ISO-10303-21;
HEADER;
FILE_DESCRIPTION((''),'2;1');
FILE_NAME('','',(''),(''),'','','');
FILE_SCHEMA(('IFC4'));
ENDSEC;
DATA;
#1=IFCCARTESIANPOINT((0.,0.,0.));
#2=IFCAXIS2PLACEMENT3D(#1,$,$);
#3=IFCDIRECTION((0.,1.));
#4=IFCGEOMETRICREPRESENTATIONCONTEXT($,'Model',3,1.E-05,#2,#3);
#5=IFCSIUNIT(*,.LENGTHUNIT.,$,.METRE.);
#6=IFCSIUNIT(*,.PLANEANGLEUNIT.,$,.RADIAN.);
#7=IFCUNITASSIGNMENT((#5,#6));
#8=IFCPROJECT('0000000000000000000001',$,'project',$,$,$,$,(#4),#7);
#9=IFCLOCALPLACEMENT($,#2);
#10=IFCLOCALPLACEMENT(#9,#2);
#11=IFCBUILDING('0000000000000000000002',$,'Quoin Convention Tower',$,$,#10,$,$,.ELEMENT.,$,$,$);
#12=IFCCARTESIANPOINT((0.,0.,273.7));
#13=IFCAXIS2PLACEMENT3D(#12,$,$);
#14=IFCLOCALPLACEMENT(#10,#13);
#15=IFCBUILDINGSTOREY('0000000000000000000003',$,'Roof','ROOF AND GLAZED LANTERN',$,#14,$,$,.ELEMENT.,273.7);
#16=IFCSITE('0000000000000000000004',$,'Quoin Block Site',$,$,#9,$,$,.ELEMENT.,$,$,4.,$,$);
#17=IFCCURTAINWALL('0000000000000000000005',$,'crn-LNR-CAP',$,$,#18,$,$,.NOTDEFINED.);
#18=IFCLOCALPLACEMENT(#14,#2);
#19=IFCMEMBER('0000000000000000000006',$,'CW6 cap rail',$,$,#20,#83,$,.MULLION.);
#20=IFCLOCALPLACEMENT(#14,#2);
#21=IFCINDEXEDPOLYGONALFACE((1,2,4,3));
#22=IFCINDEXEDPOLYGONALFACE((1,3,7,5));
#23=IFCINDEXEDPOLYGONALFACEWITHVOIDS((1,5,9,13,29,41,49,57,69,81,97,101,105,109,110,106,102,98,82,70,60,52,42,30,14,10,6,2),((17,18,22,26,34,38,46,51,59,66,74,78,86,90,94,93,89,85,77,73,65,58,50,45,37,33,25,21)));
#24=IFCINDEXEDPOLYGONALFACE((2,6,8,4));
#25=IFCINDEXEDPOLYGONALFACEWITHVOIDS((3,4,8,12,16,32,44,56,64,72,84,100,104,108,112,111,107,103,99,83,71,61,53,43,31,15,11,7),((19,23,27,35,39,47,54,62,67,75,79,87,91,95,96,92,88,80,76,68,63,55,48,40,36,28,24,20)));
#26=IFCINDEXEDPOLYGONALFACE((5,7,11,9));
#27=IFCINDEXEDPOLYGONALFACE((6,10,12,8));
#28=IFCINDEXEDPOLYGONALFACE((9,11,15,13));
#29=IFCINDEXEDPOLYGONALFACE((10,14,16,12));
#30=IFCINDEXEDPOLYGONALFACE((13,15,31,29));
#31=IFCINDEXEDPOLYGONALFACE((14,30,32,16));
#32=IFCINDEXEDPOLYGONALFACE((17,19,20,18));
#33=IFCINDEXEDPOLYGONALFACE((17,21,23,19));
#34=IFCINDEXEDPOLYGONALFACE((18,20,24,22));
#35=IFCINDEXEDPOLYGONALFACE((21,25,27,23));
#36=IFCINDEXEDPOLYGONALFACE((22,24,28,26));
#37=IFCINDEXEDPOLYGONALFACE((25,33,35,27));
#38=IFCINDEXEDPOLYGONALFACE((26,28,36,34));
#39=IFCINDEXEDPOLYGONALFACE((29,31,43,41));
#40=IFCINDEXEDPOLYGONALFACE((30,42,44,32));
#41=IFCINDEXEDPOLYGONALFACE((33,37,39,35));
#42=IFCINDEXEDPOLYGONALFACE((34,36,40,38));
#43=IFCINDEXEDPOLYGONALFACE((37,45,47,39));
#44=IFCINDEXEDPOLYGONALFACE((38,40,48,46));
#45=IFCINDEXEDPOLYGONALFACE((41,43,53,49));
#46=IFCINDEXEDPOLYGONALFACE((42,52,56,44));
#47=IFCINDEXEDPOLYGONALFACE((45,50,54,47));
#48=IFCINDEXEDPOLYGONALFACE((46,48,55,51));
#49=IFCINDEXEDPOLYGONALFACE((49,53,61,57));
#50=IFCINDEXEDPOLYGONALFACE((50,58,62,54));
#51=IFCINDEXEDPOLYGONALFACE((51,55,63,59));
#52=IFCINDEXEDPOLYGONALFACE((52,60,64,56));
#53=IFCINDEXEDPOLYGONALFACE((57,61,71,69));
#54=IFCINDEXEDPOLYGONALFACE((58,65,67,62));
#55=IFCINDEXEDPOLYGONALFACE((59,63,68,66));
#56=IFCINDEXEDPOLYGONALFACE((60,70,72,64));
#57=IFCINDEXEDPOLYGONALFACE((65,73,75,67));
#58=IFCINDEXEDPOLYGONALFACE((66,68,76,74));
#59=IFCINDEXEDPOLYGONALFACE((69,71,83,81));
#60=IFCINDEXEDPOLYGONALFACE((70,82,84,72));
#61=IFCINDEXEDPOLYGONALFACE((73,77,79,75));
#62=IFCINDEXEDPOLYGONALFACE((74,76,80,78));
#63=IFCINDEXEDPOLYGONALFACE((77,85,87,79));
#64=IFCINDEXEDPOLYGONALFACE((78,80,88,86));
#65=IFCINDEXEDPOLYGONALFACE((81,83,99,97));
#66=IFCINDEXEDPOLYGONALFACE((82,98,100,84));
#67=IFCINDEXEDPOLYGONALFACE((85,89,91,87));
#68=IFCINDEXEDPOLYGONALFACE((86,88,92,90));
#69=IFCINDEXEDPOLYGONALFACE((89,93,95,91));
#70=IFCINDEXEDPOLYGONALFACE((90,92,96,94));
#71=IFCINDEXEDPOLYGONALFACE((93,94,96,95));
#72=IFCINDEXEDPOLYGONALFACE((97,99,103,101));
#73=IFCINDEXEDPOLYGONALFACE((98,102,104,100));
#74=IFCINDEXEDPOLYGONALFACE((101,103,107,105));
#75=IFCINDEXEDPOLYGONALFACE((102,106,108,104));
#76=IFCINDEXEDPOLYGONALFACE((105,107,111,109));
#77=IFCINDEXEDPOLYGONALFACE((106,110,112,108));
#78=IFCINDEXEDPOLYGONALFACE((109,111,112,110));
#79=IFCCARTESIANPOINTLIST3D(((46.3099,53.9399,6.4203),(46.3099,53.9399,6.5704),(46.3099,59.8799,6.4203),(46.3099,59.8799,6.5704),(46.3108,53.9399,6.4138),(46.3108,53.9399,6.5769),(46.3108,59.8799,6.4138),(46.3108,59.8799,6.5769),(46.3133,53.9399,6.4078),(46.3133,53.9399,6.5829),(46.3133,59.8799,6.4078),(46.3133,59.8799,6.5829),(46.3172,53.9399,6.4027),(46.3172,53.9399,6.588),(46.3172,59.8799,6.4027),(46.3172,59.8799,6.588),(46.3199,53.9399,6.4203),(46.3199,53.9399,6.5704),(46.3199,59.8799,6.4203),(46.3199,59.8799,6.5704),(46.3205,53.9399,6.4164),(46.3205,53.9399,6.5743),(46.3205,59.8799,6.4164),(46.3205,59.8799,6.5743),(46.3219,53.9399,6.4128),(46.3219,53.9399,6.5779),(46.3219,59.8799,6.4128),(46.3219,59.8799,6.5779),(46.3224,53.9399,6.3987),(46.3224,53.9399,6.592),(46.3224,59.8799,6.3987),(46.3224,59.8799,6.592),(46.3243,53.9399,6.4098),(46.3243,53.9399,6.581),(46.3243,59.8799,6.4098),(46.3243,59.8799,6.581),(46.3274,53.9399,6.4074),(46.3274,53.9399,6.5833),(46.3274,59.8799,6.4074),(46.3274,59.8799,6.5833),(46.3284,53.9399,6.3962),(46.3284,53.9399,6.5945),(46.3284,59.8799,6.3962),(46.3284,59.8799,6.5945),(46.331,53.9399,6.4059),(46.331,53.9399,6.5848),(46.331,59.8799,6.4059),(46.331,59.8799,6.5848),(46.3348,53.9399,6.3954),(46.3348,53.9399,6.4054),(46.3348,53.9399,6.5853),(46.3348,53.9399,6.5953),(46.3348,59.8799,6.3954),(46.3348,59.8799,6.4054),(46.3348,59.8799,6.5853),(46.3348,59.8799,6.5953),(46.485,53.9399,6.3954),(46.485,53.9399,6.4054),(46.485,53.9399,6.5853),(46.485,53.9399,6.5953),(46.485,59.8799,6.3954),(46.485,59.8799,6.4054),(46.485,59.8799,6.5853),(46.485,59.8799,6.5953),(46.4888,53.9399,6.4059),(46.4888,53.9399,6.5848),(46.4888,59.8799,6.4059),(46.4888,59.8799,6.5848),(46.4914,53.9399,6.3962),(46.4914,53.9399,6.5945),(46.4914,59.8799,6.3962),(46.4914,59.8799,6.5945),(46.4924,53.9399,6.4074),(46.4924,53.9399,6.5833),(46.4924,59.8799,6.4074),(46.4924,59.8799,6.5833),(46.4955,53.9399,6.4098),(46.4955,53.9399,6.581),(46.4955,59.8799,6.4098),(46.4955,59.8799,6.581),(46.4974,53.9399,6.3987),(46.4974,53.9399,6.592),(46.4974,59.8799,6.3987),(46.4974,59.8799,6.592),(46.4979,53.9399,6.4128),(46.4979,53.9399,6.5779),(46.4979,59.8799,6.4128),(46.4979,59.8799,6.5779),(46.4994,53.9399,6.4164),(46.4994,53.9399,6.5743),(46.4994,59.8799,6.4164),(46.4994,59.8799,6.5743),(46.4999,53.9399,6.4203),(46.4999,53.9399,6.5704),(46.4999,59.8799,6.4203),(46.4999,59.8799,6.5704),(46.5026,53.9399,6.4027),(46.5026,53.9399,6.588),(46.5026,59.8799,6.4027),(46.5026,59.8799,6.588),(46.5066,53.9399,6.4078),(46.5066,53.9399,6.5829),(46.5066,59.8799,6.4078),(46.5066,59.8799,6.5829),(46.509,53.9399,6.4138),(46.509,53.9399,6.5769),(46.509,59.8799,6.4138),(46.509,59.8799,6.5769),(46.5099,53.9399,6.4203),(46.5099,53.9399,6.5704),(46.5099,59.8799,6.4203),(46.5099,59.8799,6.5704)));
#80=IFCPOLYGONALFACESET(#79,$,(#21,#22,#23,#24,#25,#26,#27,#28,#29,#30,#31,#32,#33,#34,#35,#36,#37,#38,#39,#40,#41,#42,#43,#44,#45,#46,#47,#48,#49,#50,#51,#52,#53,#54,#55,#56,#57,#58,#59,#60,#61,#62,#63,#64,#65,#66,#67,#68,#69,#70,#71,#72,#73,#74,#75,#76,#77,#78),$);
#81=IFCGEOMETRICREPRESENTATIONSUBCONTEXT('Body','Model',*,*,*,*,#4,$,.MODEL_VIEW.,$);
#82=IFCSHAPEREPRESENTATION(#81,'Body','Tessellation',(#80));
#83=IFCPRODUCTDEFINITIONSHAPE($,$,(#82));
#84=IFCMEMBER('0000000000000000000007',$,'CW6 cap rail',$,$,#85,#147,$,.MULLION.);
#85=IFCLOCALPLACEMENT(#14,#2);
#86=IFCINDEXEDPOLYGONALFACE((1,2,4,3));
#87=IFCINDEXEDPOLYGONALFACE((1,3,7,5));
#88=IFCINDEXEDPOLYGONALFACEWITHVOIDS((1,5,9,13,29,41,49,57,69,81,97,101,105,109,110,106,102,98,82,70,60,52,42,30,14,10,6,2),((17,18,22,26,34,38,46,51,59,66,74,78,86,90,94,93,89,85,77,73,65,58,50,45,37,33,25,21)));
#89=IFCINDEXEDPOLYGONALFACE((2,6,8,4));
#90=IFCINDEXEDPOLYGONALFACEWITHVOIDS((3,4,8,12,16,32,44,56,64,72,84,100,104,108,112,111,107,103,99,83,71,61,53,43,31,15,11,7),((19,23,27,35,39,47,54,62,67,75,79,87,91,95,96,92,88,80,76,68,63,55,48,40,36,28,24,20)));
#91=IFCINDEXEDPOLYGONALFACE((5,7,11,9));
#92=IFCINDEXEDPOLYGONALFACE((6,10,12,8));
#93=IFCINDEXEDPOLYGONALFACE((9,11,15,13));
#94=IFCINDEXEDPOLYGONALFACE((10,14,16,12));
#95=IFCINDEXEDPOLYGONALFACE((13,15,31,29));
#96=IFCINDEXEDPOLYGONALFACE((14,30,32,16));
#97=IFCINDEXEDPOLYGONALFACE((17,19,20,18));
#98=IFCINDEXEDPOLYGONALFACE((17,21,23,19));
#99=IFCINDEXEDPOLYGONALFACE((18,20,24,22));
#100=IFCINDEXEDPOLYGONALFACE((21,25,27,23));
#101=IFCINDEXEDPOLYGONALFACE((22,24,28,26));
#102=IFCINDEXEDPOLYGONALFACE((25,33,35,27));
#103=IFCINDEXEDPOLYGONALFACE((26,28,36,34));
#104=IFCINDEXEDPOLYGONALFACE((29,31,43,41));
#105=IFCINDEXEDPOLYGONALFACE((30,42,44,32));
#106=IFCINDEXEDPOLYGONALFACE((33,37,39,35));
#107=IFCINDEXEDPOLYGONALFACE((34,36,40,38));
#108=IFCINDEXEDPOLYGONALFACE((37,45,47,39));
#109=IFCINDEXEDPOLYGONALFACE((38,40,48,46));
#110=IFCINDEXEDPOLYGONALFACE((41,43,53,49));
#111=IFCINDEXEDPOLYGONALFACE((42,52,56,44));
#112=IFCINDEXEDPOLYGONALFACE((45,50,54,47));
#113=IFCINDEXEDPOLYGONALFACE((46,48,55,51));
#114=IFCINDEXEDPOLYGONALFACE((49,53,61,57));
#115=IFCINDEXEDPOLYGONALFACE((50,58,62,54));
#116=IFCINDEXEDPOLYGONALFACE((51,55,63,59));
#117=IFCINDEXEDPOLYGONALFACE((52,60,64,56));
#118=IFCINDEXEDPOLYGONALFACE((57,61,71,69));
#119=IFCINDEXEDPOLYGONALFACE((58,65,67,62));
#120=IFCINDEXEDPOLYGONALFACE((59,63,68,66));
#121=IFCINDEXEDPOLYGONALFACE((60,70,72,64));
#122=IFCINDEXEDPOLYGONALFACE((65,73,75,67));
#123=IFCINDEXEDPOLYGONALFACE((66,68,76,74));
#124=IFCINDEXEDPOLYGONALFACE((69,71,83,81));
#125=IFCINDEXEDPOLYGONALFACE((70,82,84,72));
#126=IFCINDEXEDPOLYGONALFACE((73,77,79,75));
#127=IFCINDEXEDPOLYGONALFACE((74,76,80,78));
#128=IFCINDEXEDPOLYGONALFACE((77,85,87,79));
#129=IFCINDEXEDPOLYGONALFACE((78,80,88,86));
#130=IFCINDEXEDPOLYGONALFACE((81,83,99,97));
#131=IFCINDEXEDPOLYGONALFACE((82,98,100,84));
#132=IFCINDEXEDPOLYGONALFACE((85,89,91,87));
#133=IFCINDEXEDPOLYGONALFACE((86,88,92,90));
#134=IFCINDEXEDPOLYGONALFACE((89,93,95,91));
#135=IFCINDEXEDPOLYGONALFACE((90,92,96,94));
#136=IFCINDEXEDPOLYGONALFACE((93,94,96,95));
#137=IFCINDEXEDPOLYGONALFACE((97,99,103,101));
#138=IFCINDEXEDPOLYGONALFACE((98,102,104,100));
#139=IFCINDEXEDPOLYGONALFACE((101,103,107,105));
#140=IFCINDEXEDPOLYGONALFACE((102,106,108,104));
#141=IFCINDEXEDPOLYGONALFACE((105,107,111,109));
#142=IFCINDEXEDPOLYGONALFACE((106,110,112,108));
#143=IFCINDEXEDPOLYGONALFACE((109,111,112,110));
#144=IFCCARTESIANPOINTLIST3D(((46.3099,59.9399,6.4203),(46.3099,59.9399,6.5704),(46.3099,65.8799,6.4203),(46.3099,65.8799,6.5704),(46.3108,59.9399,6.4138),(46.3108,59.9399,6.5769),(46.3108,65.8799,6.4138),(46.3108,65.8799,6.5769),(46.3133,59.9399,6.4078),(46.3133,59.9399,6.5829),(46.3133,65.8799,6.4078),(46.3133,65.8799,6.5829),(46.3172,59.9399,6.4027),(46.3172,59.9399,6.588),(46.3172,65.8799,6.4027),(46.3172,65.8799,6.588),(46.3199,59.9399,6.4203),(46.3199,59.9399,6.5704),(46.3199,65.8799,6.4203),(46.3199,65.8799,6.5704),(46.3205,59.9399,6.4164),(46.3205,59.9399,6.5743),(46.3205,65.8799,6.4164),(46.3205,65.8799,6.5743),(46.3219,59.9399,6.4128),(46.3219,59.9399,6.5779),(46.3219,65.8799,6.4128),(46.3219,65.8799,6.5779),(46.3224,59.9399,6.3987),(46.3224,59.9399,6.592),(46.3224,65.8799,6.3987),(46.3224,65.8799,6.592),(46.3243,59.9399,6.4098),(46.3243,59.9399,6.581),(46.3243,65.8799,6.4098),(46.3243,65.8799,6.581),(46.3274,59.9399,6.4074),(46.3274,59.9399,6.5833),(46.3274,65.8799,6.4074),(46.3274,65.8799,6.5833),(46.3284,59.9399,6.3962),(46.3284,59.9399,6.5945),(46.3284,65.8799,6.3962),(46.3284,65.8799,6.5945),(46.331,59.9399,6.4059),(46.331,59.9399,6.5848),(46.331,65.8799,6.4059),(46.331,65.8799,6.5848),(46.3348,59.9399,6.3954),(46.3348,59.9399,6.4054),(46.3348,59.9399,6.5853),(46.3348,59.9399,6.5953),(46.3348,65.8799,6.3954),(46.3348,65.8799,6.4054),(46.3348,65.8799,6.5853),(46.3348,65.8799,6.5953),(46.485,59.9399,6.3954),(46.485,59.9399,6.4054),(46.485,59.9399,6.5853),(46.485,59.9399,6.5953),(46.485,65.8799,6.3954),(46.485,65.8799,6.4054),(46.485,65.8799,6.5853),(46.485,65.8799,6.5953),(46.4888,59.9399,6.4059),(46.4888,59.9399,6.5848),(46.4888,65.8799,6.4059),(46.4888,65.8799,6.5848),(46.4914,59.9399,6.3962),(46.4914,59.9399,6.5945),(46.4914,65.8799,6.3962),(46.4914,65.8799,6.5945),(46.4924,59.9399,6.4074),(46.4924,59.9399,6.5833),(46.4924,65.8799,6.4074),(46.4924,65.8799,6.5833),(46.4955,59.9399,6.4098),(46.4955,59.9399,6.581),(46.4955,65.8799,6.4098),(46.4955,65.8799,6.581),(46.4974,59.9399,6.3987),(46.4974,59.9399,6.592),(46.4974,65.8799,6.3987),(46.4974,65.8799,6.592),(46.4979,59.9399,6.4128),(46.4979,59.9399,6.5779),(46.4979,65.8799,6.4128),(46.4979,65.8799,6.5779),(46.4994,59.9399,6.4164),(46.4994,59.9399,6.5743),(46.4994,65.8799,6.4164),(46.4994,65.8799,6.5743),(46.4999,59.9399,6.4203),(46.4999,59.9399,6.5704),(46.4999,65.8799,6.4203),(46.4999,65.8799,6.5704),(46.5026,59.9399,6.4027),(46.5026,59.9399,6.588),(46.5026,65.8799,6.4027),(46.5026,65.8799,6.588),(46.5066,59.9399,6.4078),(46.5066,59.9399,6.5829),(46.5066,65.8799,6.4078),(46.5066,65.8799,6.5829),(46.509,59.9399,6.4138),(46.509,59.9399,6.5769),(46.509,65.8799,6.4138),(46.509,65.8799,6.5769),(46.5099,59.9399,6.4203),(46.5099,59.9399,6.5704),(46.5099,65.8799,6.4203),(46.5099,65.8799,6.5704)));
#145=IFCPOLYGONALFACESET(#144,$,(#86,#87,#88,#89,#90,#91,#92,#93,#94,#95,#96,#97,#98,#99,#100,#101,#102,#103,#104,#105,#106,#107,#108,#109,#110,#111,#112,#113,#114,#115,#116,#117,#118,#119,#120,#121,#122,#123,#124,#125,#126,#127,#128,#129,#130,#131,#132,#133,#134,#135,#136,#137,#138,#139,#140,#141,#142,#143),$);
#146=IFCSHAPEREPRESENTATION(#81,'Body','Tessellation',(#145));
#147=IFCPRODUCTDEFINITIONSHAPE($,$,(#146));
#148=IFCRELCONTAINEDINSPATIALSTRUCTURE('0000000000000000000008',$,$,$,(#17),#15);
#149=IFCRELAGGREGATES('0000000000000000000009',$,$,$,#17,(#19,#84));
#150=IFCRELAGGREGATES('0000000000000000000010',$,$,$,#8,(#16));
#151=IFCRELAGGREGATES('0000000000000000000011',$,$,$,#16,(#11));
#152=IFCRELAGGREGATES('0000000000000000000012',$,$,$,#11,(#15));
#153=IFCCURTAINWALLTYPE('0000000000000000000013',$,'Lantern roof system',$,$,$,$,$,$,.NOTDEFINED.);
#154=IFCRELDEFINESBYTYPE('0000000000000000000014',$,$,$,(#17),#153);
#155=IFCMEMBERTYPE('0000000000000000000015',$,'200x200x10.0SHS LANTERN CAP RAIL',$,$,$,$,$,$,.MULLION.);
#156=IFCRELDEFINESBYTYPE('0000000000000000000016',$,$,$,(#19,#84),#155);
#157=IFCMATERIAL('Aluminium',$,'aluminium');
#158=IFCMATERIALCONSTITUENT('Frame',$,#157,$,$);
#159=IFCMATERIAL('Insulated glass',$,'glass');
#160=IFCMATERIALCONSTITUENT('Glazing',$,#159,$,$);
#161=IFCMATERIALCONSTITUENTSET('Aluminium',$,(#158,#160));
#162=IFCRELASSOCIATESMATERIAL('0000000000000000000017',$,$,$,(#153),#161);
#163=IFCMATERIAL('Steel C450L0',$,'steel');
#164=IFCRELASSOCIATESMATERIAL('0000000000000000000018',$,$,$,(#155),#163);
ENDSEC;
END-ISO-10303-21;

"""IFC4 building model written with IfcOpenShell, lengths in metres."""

from ifc_helpers import new_model, si_unit, direction, frame, origin, origin_2d, place, context, subcontext, project, spatial, hollow_rectangle, extrude, material, constituent, constituent_set, material_profile, profile_set, type_object, element, aggregate, save


model = new_model("IFC4")

# Units and contexts
model_context = context("Model", 3, precision=1e-05, world=origin(), true_north=direction((0.0, 1.0)))
body_context = subcontext(model_context, "Body", "Model", "MODEL_VIEW")
ifc_project = project(units=[si_unit("LENGTHUNIT", "METRE"), si_unit("PLANEANGLEUNIT", "RADIAN")], contexts=[model_context])

# Site, building, storey
site_placement = place(None, origin())
site = spatial("IfcSite", under=ifc_project, at=site_placement, Name="Quoin Block Site", CompositionType="ELEMENT", RefElevation=4.0)
building_placement = place(site_placement, origin())
building = spatial("IfcBuilding", under=site, at=building_placement, Name="Quoin Convention Tower", CompositionType="ELEMENT")
storey_placement = place(building_placement, frame((0.0, 0.0, 273.7)))
storey = spatial("IfcBuildingStorey", under=building, at=storey_placement, Name="Roof", Description="ROOF AND GLAZED LANTERN", CompositionType="ELEMENT", Elevation=273.7)

# Curtain wall, members
ifc_material_1 = material(Name="Aluminium", Category="aluminium")
ifc_constituent_1 = constituent(ifc_material_1, Name="Frame")
ifc_material_2 = material(Name="Insulated glass", Category="glass")
ifc_constituent_2 = constituent(ifc_material_2, Name="Glazing")
ifc_constituent_set = constituent_set(constituents=[ifc_constituent_1, ifc_constituent_2], Name="Aluminium")
curtain_wall_type = type_object("IfcCurtainWallType", Name="Lantern roof system", PredefinedType="NOTDEFINED", material=ifc_constituent_set)
curtain_wall_placement = place(storey_placement, origin())
curtain_wall = element("IfcCurtainWall", 1, at=curtain_wall_placement, inside=storey, type_object=curtain_wall_type, Name="crn-LNR-CAP", PredefinedType="NOTDEFINED")
ifc_material_3 = material(Name="Steel C450L0", Category="steel")
ifc_material_profile_1 = material_profile(ifc_material_3, hollow_rectangle(XDim=0.2, YDim=0.2, WallThickness=0.01, InnerFilletRadius=0.0149, OuterFilletRadius=0.0249, at=origin_2d()), Name="200x200x10.0SHS")
ifc_profile_set_1 = profile_set([ifc_material_profile_1], Name="Steel C450L0")
member_type_1 = type_object("IfcMemberType", Name="200x200x10.0SHS LANTERN CAP RAIL", PredefinedType="MULLION", material=ifc_profile_set_1)
member_1_placement = place(storey_placement, frame((46.4099, 53.9399, 6.4954), z_axis=(0.0, 1.0, 0.0), x_axis=(-1.0, 0.0, 0.0)))
member_1 = element("IfcMember", 2, at=member_1_placement, type_object=member_type_1, Name="CW6 cap rail", PredefinedType="MULLION", context=body_context, shape_type="SweptSolid", body=[
    extrude(hollow_rectangle(XDim=0.2, YDim=0.2, WallThickness=0.01, InnerFilletRadius=0.0149, OuterFilletRadius=0.0249, at=origin_2d()), origin(), (0.0, 0.0, 1.0), 5.9399),
])
member_2_placement = place(storey_placement, frame((46.4099, 59.9399, 6.4954), z_axis=(0.0, 1.0, 0.0), x_axis=(-1.0, 0.0, 0.0)))
member_2 = element("IfcMember", 3, at=member_2_placement, type_object=member_type_1, Name="CW6 cap rail", PredefinedType="MULLION", context=body_context, shape_type="SweptSolid", body=[
    extrude(hollow_rectangle(XDim=0.2, YDim=0.2, WallThickness=0.01, InnerFilletRadius=0.0149, OuterFilletRadius=0.0249, at=origin_2d()), origin(), (0.0, 0.0, 1.0), 5.9399),
])
aggregate(curtain_wall, [member_1, member_2])

save(model, "model.ifc")
